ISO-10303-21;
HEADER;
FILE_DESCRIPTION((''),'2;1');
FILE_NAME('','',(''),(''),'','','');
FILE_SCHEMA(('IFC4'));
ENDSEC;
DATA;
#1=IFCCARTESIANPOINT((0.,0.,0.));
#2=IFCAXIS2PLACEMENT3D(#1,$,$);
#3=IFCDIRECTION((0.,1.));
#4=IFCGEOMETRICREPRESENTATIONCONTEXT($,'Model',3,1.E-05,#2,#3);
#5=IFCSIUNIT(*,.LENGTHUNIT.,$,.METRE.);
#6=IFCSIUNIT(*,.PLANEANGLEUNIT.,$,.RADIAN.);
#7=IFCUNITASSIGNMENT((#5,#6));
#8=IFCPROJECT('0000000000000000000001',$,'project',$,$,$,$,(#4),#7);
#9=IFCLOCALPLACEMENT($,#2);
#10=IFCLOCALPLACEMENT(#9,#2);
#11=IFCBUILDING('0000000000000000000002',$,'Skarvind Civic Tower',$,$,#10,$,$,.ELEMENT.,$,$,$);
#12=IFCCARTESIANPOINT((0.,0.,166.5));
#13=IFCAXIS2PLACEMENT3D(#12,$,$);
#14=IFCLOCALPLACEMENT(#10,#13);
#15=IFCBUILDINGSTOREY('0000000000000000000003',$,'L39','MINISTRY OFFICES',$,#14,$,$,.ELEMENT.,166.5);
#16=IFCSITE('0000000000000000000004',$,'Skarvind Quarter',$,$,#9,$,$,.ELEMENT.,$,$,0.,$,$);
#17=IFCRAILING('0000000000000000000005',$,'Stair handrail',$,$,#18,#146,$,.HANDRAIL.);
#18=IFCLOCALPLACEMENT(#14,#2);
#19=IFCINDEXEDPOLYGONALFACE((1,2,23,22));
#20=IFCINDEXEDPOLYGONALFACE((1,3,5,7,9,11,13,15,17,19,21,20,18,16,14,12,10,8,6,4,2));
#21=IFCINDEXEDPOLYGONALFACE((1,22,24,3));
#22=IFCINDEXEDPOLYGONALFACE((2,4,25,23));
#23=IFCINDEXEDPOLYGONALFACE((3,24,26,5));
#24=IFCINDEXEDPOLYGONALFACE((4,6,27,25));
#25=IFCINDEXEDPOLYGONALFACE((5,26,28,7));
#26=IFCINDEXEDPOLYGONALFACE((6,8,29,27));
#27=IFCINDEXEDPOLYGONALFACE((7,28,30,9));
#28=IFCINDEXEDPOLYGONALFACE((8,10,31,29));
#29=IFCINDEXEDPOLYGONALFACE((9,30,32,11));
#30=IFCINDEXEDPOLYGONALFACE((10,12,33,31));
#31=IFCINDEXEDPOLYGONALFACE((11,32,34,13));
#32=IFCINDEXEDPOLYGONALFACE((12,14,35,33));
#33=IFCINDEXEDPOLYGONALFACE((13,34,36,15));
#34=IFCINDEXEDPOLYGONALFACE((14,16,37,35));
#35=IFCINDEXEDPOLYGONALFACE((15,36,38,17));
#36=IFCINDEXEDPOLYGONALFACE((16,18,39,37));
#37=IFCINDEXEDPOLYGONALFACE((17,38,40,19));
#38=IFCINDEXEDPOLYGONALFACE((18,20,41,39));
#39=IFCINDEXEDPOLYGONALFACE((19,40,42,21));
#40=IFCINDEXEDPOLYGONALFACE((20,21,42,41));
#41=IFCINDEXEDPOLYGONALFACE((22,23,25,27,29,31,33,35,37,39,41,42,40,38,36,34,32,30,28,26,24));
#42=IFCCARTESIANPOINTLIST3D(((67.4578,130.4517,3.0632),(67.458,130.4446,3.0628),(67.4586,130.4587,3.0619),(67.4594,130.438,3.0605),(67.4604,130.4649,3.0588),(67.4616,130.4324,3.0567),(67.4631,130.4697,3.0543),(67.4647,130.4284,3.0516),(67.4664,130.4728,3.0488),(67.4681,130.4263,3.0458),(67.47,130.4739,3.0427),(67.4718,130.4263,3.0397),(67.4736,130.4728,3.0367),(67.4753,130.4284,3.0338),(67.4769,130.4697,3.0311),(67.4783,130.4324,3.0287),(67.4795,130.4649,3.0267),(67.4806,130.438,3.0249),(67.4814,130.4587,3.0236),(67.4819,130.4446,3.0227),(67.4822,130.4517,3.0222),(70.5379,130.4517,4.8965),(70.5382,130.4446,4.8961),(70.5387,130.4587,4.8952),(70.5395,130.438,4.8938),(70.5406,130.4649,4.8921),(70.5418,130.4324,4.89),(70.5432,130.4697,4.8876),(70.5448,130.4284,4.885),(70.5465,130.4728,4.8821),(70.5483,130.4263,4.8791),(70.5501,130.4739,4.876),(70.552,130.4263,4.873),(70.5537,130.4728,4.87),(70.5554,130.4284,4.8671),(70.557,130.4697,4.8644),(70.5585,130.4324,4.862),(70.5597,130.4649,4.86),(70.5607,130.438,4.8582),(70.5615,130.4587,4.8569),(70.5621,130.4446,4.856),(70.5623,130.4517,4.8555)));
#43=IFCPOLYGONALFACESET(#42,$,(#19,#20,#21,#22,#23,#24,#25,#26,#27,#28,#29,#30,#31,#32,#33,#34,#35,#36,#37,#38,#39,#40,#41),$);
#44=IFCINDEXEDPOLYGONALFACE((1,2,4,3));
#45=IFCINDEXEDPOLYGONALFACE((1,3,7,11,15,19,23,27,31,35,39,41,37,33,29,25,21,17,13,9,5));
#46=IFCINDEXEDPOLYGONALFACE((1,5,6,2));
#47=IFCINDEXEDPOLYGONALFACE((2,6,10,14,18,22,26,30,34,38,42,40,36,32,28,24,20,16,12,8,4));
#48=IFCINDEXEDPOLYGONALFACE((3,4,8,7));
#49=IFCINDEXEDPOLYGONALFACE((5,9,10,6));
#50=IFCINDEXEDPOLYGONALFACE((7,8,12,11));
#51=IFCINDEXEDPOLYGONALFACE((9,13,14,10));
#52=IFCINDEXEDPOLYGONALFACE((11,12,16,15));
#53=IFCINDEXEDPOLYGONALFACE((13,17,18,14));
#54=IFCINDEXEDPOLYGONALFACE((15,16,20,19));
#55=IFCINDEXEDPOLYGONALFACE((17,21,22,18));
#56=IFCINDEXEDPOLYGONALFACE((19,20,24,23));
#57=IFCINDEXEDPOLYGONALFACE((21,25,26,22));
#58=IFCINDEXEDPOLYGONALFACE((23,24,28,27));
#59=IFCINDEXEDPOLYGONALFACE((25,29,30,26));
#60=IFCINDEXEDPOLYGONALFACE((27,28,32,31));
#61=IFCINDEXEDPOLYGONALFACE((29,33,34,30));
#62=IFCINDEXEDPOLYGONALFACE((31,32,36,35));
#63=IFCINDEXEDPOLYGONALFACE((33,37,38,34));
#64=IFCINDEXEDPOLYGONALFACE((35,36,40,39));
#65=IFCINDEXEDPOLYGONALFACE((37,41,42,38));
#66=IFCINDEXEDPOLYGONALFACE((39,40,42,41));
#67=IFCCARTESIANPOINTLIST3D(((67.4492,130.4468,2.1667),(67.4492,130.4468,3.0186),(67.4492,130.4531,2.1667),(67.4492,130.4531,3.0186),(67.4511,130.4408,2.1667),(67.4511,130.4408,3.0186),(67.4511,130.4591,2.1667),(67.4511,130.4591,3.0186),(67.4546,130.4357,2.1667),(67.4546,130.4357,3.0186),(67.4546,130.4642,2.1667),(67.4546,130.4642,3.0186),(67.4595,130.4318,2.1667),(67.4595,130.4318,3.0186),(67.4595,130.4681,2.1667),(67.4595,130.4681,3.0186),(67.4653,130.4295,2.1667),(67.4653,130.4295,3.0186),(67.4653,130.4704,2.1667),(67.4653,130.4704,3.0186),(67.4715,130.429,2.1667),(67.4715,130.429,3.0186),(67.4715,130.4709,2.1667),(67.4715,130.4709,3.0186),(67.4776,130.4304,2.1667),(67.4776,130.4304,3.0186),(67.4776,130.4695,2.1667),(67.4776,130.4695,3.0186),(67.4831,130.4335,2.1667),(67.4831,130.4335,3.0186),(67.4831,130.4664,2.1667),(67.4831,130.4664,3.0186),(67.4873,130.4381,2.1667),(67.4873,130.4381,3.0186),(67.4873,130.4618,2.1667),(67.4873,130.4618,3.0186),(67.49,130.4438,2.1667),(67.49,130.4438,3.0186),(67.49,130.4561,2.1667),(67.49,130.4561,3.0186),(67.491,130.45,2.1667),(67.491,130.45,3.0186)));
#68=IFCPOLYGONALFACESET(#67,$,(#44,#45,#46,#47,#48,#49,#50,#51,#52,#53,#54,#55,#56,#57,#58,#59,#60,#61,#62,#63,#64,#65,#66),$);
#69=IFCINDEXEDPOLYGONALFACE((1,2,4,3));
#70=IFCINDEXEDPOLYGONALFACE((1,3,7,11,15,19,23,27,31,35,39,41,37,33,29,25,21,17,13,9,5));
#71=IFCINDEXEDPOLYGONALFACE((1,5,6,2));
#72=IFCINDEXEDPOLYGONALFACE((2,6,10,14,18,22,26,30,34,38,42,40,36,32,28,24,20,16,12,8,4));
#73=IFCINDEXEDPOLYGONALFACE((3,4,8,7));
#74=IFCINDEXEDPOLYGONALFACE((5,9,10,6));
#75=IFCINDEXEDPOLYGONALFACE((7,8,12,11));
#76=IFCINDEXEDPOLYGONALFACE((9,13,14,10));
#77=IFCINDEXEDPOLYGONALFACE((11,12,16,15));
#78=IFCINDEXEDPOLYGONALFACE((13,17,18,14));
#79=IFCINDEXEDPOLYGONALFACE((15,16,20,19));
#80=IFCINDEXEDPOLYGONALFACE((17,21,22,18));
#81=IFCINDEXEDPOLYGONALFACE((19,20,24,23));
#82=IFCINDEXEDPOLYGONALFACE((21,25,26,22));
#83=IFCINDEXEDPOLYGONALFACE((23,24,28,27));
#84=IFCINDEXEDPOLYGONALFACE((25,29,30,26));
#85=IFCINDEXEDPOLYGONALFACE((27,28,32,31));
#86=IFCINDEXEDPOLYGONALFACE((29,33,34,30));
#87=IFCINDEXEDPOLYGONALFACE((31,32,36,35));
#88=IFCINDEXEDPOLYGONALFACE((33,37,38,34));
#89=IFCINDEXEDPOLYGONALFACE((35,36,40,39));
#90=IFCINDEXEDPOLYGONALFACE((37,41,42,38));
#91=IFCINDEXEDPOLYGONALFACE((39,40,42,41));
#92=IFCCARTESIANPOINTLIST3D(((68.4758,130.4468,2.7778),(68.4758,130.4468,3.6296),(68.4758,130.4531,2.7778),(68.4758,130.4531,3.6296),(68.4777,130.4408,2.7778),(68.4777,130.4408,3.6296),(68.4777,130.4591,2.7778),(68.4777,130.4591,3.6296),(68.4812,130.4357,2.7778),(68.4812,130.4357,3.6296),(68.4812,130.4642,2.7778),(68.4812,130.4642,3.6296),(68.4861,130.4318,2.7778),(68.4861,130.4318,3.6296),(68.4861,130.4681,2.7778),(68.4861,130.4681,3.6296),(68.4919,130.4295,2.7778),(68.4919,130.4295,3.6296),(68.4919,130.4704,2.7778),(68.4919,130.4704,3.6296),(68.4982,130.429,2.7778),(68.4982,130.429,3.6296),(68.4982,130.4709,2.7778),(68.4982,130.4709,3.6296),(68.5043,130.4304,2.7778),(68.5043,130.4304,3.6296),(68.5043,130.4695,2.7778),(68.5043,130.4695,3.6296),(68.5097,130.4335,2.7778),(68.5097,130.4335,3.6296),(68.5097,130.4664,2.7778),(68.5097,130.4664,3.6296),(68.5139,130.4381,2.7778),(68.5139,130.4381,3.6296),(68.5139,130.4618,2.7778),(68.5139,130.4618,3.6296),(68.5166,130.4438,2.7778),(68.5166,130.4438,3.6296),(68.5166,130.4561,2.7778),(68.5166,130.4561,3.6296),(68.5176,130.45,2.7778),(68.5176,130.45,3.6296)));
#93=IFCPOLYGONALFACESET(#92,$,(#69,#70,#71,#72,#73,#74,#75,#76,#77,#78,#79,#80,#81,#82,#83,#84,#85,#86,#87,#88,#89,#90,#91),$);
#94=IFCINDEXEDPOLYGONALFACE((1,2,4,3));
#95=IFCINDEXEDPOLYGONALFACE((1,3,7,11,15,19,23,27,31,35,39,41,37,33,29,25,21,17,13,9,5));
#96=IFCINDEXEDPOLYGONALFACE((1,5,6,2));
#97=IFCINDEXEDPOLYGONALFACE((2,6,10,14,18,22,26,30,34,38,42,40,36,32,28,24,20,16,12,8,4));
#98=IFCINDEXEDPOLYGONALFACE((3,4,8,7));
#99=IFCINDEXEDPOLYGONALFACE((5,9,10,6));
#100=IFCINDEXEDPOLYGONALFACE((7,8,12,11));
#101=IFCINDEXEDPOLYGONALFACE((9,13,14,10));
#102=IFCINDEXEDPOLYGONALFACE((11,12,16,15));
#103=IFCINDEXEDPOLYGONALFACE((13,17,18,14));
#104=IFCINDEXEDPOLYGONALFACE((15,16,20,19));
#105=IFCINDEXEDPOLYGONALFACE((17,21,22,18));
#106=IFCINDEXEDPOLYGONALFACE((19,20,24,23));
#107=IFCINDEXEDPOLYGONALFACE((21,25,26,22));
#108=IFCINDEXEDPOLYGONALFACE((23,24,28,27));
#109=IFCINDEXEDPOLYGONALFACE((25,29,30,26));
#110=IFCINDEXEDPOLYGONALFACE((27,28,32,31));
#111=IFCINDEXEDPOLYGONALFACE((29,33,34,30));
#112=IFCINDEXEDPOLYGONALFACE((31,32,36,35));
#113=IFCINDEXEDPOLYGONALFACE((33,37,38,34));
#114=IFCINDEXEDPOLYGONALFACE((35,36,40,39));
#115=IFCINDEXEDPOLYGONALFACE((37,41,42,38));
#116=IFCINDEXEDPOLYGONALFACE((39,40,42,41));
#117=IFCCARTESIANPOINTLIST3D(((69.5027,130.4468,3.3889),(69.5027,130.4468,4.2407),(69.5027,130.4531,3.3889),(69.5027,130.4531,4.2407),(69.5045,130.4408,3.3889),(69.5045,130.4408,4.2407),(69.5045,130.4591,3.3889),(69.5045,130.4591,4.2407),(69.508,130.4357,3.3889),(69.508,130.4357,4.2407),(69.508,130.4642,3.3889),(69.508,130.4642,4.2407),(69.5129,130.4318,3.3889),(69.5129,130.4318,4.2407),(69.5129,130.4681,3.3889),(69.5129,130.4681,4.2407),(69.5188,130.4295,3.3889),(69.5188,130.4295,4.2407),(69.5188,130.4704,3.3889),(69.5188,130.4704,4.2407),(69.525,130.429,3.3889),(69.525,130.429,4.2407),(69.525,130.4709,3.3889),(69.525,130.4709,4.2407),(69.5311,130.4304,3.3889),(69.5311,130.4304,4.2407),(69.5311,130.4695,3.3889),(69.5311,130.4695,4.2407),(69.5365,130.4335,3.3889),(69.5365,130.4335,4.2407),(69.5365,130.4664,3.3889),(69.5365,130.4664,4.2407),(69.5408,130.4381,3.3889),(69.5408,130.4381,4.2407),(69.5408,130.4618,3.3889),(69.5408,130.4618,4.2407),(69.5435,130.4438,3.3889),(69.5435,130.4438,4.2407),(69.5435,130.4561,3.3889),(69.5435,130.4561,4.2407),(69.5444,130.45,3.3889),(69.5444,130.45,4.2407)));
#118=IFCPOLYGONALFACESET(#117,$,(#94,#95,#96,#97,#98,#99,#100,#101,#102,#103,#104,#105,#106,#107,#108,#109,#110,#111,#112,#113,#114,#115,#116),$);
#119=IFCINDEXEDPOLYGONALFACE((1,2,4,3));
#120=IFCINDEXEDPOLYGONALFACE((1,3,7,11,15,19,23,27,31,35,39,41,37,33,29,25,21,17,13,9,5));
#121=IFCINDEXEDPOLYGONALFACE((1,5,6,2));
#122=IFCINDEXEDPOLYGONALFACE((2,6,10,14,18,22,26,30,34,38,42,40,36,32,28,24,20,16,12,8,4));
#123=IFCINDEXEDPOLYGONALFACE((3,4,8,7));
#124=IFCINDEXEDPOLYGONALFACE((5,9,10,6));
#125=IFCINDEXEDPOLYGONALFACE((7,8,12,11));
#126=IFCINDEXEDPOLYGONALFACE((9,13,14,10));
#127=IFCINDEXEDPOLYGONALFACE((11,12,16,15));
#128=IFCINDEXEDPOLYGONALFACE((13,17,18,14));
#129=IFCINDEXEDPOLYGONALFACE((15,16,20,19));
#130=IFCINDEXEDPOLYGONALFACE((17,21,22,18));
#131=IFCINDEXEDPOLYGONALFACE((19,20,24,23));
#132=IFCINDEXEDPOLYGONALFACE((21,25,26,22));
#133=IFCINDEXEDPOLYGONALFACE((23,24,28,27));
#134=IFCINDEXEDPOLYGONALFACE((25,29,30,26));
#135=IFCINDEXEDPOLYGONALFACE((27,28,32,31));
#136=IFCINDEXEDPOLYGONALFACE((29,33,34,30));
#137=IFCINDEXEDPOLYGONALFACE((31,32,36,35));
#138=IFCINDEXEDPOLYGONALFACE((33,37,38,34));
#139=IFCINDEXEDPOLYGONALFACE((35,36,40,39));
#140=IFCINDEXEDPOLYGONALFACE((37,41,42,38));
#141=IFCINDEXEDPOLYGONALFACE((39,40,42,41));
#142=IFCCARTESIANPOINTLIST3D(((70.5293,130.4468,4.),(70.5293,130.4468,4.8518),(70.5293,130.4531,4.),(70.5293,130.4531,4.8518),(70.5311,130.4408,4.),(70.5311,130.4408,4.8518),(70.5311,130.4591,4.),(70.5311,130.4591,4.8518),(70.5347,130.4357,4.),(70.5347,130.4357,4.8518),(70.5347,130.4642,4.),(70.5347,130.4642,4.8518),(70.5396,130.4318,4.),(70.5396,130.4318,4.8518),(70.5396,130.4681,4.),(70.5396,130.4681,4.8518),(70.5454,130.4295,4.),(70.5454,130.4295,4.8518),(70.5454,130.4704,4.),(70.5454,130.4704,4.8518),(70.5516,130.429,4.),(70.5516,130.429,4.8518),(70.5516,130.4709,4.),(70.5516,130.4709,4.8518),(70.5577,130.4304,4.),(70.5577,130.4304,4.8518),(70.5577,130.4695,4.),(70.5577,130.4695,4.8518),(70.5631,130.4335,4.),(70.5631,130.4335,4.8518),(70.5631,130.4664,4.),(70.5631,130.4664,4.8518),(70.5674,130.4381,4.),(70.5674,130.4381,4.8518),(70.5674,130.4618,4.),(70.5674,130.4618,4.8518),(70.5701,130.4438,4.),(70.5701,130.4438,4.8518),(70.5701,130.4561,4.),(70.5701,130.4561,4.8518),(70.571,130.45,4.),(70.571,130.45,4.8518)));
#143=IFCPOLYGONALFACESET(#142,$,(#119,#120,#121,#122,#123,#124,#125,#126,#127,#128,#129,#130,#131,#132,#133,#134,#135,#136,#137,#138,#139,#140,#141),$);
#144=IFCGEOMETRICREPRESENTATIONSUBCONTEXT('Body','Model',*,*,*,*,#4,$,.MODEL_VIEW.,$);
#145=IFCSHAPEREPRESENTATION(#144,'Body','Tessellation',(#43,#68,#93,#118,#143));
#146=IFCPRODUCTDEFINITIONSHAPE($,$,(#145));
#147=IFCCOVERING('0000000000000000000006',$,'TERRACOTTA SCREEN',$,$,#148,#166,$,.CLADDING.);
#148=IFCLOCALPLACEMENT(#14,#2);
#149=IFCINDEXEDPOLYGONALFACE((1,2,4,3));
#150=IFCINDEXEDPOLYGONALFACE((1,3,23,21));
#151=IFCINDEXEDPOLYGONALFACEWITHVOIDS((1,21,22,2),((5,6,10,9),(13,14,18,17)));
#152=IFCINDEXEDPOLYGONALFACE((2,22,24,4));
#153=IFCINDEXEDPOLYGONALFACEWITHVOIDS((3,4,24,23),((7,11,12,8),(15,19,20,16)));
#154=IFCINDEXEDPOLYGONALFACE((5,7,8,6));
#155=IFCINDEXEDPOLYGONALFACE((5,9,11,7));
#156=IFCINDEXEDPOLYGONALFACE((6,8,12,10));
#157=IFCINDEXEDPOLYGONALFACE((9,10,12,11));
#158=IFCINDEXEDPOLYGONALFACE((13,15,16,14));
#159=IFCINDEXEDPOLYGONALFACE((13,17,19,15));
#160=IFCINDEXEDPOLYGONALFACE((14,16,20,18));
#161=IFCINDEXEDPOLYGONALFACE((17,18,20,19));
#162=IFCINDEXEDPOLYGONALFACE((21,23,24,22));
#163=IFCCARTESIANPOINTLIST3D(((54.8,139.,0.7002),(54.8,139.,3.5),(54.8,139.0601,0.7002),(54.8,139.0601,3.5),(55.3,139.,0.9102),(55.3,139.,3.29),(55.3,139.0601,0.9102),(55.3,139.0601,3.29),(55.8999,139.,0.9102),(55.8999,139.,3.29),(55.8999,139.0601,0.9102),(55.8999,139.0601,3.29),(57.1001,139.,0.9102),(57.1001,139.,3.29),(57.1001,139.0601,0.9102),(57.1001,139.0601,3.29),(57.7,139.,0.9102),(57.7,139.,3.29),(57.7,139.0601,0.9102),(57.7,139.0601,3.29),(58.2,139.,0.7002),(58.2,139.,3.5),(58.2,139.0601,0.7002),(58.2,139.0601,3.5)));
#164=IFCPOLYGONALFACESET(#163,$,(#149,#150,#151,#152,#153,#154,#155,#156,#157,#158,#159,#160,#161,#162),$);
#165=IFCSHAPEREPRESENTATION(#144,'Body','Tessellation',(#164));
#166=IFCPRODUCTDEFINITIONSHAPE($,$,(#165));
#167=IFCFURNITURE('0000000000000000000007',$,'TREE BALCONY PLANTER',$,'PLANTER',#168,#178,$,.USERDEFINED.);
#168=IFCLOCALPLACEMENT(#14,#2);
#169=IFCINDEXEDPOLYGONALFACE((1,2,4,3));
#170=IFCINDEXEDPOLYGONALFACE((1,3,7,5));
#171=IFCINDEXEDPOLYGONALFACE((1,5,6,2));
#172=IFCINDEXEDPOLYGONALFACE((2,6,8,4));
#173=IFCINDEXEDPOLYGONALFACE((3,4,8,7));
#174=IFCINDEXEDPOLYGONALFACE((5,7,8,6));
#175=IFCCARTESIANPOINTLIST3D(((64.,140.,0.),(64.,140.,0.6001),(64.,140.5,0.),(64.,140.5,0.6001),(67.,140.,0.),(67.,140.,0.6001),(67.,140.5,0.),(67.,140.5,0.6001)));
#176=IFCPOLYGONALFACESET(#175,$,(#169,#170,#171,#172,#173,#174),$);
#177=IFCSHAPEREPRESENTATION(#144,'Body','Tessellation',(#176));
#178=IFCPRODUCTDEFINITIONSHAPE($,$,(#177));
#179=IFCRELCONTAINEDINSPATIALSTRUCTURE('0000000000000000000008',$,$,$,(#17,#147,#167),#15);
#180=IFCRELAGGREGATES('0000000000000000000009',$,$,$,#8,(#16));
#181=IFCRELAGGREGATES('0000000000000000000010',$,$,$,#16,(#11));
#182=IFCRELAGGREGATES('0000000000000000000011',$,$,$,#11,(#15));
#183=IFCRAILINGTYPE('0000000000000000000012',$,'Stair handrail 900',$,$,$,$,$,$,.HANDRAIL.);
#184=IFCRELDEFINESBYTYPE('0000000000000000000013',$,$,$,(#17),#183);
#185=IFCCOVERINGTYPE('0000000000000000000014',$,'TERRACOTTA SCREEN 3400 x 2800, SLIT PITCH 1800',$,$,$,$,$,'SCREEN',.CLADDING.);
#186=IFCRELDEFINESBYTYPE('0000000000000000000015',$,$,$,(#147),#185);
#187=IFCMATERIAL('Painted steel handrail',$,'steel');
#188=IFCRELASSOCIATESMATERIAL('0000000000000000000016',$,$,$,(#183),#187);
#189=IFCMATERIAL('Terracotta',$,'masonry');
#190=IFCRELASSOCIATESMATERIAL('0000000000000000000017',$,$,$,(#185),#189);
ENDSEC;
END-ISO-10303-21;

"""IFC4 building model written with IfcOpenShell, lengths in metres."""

from ifc_helpers import new_model, si_unit, direction, frame, origin, origin_2d, place, context, subcontext, project, spatial, polyline, rectangle, circle, outline, extrude, material, material_profile, profile_set, type_object, element, save


model = new_model("IFC4")

# Units and contexts
model_context = context("Model", 3, precision=1e-05, world=origin(), true_north=direction((0.0, 1.0)))
body_context = subcontext(model_context, "Body", "Model", "MODEL_VIEW")
ifc_project = project(units=[si_unit("LENGTHUNIT", "METRE"), si_unit("PLANEANGLEUNIT", "RADIAN")], contexts=[model_context])

# Site, building, storey
site_placement = place(None, origin())
site = spatial("IfcSite", under=ifc_project, at=site_placement, Name="Skarvind Quarter", CompositionType="ELEMENT", RefElevation=0.0)
building_placement = place(site_placement, origin())
building = spatial("IfcBuilding", under=site, at=building_placement, Name="Skarvind Civic Tower", CompositionType="ELEMENT")
storey_placement = place(building_placement, frame((0.0, 0.0, 166.5)))
storey = spatial("IfcBuildingStorey", under=building, at=storey_placement, Name="L39", Description="MINISTRY OFFICES", CompositionType="ELEMENT", Elevation=166.5)

# Railing
ifc_material_1 = material(Name="Painted steel handrail", Category="steel")
railing_type_1 = type_object("IfcRailingType", Name="Stair handrail 900", PredefinedType="HANDRAIL", material=ifc_material_1)
railing_1_placement = place(storey_placement, frame((67.47, 130.45, 2.1667)))
element("IfcRailing", 1, at=railing_1_placement, inside=storey, type_object=railing_type_1, Name="Stair handrail", PredefinedType="HANDRAIL", context=body_context, shape_type="SweptSolid", body=[
    extrude(circle(Radius=0.0239, at=origin_2d()), frame((0.0, 0.0, 0.876), z_axis=(0.859309, 0.0, 0.511458), x_axis=(0.0, 1.0, 0.0)), (0.0, 0.0, 1.0), 3.5845),
    extrude(circle(Radius=0.021, at=origin_2d()), origin(), (0.0, 0.0, 1.0), 0.8518),
    extrude(circle(Radius=0.021, at=origin_2d()), frame((1.0266, 0.0, 0.6111)), (0.0, 0.0, 1.0), 0.8518),
    extrude(circle(Radius=0.021, at=origin_2d()), frame((2.0535, 0.0, 1.2222)), (0.0, 0.0, 1.0), 0.8518),
    extrude(circle(Radius=0.021, at=origin_2d()), frame((3.0801, 0.0, 1.8333)), (0.0, 0.0, 1.0), 0.8518),
])

# Covering
ifc_material_2 = material(Name="Terracotta", Category="masonry")
ifc_material_profile_1 = material_profile(ifc_material_2, outline(polyline([(-1.7, -1.3999), (1.7, -1.3999), (1.7, 1.3999), (-1.7, 1.3999), (-1.7, -1.3999)]), holes=[polyline([(-1.2, -1.1899), (-0.6001, -1.1899), (-0.6001, 1.1899), (-1.2, 1.1899), (-1.2, -1.1899)]), polyline([(0.6001, -1.1899), (1.2, -1.1899), (1.2, 1.1899), (0.6001, 1.1899), (0.6001, -1.1899)])]), Name="TERRACOTTA SCREEN 3400 x 2800, SLIT PITCH 1800")
ifc_profile_set_1 = profile_set([ifc_material_profile_1], Name="Terracotta")
covering_type = type_object("IfcCoveringType", Name="TERRACOTTA SCREEN 3400 x 2800, SLIT PITCH 1800", ElementType="SCREEN", PredefinedType="CLADDING", material=ifc_profile_set_1)
covering_placement = place(storey_placement, frame((56.5, 139.0, 2.1001), z_axis=(0.0, 1.0, 0.0), x_axis=(-1.0, 0.0, 0.0)))
element("IfcCovering", 2, at=covering_placement, inside=storey, type_object=covering_type, Name="TERRACOTTA SCREEN", PredefinedType="CLADDING", context=body_context, shape_type="SweptSolid", body=[
    extrude(outline(polyline([(-1.7, -1.3999), (1.7, -1.3999), (1.7, 1.3999), (-1.7, 1.3999), (-1.7, -1.3999)]), holes=[polyline([(-1.2, -1.1899), (-0.6001, -1.1899), (-0.6001, 1.1899), (-1.2, 1.1899), (-1.2, -1.1899)]), polyline([(0.6001, -1.1899), (1.2, -1.1899), (1.2, 1.1899), (0.6001, 1.1899), (0.6001, -1.1899)])]), origin(), (0.0, 0.0, 1.0), 0.0601),
])

# Furniture
furniture_placement = place(storey_placement, frame((65.5, 140.25, 0.0), z_axis=(0.0, 0.0, 1.0), x_axis=(1.0, 0.0, 0.0)))
element("IfcFurniture", 3, at=furniture_placement, inside=storey, Name="TREE BALCONY PLANTER", ObjectType="PLANTER", PredefinedType="USERDEFINED", context=body_context, shape_type="SweptSolid", body=[
    extrude(rectangle(XDim=3.0, YDim=0.5, at=origin_2d()), origin(), (0.0, 0.0, 1.0), 0.6001),
])

save(model, "model.ifc")
